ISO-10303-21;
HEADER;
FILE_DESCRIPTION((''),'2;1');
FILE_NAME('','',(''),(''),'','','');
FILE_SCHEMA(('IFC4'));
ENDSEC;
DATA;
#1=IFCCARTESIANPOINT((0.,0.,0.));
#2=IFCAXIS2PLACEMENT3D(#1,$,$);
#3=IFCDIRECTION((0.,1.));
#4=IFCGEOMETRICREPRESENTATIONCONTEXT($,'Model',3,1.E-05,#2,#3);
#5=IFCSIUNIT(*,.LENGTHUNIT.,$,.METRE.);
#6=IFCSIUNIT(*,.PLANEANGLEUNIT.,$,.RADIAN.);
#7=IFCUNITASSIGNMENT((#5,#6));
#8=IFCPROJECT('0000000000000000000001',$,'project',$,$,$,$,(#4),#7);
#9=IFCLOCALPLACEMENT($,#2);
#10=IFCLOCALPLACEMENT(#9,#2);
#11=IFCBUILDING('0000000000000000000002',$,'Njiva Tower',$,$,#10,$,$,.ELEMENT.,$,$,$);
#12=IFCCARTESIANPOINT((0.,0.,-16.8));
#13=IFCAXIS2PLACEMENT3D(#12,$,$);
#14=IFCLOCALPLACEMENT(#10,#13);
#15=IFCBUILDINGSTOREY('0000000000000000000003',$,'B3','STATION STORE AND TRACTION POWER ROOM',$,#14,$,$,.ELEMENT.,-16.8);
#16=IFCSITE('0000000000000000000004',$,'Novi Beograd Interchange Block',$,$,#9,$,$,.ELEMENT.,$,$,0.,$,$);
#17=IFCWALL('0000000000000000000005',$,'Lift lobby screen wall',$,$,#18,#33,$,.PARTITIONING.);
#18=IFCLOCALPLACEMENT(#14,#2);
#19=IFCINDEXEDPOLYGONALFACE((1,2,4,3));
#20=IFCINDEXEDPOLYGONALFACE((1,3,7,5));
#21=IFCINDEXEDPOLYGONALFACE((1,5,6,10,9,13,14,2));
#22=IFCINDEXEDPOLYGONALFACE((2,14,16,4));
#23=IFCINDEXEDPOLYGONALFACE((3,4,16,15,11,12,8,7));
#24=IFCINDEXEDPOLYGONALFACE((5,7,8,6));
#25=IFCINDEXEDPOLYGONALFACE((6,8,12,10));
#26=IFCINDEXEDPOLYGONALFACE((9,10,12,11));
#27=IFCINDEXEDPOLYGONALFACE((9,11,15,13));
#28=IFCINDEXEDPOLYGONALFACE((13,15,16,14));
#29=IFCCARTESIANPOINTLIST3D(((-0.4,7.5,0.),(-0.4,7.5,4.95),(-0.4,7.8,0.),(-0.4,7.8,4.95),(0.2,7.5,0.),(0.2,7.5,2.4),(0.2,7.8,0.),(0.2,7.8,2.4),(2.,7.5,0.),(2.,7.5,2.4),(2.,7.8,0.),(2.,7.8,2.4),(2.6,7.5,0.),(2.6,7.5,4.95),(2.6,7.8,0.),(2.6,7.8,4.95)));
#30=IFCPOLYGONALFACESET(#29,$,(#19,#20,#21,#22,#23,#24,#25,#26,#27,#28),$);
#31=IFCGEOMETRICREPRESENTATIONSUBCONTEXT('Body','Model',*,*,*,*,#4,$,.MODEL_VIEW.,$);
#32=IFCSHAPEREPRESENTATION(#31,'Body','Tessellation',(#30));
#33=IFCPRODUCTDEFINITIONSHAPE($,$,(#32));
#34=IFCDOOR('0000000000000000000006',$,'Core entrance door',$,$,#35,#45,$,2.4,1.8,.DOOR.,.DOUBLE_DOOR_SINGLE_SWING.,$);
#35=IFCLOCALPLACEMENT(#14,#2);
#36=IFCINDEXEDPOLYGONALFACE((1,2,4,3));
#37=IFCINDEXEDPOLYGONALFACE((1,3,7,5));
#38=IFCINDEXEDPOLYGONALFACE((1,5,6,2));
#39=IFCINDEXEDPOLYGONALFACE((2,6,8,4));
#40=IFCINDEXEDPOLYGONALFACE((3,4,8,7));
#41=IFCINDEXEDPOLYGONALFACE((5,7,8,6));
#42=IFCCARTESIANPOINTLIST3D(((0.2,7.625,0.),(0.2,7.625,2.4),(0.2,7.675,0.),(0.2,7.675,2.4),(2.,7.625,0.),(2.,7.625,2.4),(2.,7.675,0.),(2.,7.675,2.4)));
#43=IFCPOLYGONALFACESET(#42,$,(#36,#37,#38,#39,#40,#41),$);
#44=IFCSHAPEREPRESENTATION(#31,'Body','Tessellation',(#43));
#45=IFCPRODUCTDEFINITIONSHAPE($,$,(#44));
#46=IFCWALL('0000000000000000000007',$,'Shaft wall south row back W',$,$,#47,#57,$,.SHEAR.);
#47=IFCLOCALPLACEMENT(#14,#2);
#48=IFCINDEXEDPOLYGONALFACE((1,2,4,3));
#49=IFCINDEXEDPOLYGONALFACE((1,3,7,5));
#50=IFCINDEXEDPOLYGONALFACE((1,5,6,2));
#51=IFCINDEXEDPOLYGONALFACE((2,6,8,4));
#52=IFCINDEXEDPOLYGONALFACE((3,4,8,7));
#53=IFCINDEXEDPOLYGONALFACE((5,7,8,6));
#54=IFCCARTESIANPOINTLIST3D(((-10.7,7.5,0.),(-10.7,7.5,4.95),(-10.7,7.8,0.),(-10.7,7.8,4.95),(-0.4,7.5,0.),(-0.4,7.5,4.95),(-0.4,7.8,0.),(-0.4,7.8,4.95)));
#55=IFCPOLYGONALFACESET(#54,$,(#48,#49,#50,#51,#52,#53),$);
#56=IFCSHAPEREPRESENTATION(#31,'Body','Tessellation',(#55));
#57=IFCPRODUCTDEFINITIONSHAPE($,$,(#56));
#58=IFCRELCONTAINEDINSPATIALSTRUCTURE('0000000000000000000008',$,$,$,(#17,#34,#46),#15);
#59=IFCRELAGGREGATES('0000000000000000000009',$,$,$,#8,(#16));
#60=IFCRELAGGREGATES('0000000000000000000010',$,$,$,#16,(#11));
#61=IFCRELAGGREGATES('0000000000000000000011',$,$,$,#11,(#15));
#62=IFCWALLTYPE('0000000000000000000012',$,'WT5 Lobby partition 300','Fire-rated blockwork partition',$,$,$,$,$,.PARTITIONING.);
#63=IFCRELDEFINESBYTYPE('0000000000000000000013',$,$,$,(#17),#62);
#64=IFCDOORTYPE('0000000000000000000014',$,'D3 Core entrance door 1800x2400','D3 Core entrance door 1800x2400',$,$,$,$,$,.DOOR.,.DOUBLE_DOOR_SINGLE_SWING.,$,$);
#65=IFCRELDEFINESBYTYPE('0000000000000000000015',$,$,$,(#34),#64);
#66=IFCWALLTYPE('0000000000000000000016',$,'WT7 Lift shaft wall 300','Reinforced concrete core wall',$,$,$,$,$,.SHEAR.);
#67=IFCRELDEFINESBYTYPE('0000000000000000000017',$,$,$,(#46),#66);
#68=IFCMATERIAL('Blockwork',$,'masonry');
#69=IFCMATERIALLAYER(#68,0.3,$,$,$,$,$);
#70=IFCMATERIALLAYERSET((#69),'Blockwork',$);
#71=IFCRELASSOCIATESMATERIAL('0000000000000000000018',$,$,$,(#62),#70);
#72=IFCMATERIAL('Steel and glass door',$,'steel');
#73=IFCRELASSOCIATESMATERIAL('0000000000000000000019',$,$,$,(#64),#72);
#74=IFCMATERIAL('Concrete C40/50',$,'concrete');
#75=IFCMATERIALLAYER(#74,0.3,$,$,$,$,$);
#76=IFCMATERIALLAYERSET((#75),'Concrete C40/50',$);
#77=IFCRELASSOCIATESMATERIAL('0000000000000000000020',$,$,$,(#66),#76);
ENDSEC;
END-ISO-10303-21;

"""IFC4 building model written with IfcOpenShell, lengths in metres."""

from ifc_helpers import new_model, si_unit, direction, frame, frame_2d, origin, place, context, subcontext, project, spatial, rectangle, extrude, material, layer, layer_set, type_object, element, fill, save


model = new_model("IFC4")

# Units and contexts
model_context = context("Model", 3, precision=1e-05, world=origin(), true_north=direction((0.0, 1.0)))
body_context = subcontext(model_context, "Body", "Model", "MODEL_VIEW")
ifc_project = project(units=[si_unit("LENGTHUNIT", "METRE"), si_unit("PLANEANGLEUNIT", "RADIAN")], contexts=[model_context])

# Site, building, storey
site_placement = place(None, origin())
site = spatial("IfcSite", under=ifc_project, at=site_placement, Name="Novi Beograd Interchange Block", CompositionType="ELEMENT", RefElevation=0.0)
building_placement = place(site_placement, origin())
building = spatial("IfcBuilding", under=site, at=building_placement, Name="Njiva Tower", CompositionType="ELEMENT")
storey_placement = place(building_placement, frame((0.0, 0.0, -16.8)))
storey = spatial("IfcBuildingStorey", under=building, at=storey_placement, Name="B3", Description="STATION STORE AND TRACTION POWER ROOM", CompositionType="ELEMENT", Elevation=-16.8)

# Shared definitions
ifc_material_1 = material(Name="Concrete C40/50", Category="concrete")

# Shared definitions
ifc_material_2 = material(Name="Blockwork", Category="masonry")

# Wall, opening, door
ifc_layer_1 = layer(ifc_material_2, 0.3)
ifc_layer_set_1 = layer_set([ifc_layer_1], Name="Blockwork")
wall_type_1 = type_object("IfcWallType", Name="WT5 Lobby partition 300", Description="Fire-rated blockwork partition", PredefinedType="PARTITIONING", material=ifc_layer_set_1)
wall_1_placement = place(storey_placement, frame((-0.4, 7.65, 0.0), z_axis=(0.0, 0.0, 1.0), x_axis=(1.0, 0.0, 0.0)))
wall_1 = element("IfcWall", 1, at=wall_1_placement, inside=storey, type_object=wall_type_1, Name="Lift lobby screen wall", PredefinedType="PARTITIONING", context=body_context, shape_type="SweptSolid", body=[
    extrude(rectangle(XDim=3.0, YDim=0.3, at=frame_2d((1.5, 0.0))), origin(), (0.0, 0.0, 1.0), 4.95),
])
opening_1_placement = place(wall_1_placement, frame((0.6, 0.0, 0.0)))
opening_1 = element("IfcOpeningElement", 2, at=opening_1_placement, cuts=wall_1, PredefinedType="OPENING", context=body_context, shape_type="SweptSolid", body=[
    extrude(rectangle(XDim=1.8, YDim=2.4, at=frame_2d((0.9, 1.2))), frame((0.0, 0.16, 0.0), z_axis=(0.0, -1.0, 0.0), x_axis=(1.0, 0.0, 0.0)), (0.0, 0.0, 1.0), 0.32),
])
ifc_material_3 = material(Name="Steel and glass door", Category="steel")
door_type_1 = type_object("IfcDoorType", Name="D3 Core entrance door 1800x2400", Description="D3 Core entrance door 1800x2400", OperationType="DOUBLE_DOOR_SINGLE_SWING", PredefinedType="DOOR", material=ifc_material_3)
door_1_placement = place(opening_1_placement, origin())
door_1 = element("IfcDoor", 3, at=door_1_placement, inside=storey, type_object=door_type_1, Name="Core entrance door", OperationType="DOUBLE_DOOR_SINGLE_SWING", OverallHeight=2.4, OverallWidth=1.8, PredefinedType="DOOR", context=body_context, shape_type="SweptSolid", body=[
    extrude(rectangle(XDim=1.8, YDim=2.4, at=frame_2d((0.9, 1.2))), frame((0.0, 0.025, 0.0), z_axis=(0.0, -1.0, 0.0), x_axis=(1.0, 0.0, 0.0)), (0.0, 0.0, 1.0), 0.05),
])
fill(opening_1, door_1)

# Wall
ifc_layer_2 = layer(ifc_material_1, 0.3)
ifc_layer_set_2 = layer_set([ifc_layer_2], Name="Concrete C40/50")
wall_type_2 = type_object("IfcWallType", Name="WT7 Lift shaft wall 300", Description="Reinforced concrete core wall", PredefinedType="SHEAR", material=ifc_layer_set_2)
wall_2_placement = place(storey_placement, frame((-10.7, 7.65, 0.0), z_axis=(0.0, 0.0, 1.0), x_axis=(1.0, 0.0, 0.0)))
element("IfcWall", 4, at=wall_2_placement, inside=storey, type_object=wall_type_2, Name="Shaft wall south row back W", PredefinedType="SHEAR", context=body_context, shape_type="SweptSolid", body=[
    extrude(rectangle(XDim=10.3, YDim=0.3, at=frame_2d((5.15, 0.0))), origin(), (0.0, 0.0, 1.0), 4.95),
])

save(model, "model.ifc")
